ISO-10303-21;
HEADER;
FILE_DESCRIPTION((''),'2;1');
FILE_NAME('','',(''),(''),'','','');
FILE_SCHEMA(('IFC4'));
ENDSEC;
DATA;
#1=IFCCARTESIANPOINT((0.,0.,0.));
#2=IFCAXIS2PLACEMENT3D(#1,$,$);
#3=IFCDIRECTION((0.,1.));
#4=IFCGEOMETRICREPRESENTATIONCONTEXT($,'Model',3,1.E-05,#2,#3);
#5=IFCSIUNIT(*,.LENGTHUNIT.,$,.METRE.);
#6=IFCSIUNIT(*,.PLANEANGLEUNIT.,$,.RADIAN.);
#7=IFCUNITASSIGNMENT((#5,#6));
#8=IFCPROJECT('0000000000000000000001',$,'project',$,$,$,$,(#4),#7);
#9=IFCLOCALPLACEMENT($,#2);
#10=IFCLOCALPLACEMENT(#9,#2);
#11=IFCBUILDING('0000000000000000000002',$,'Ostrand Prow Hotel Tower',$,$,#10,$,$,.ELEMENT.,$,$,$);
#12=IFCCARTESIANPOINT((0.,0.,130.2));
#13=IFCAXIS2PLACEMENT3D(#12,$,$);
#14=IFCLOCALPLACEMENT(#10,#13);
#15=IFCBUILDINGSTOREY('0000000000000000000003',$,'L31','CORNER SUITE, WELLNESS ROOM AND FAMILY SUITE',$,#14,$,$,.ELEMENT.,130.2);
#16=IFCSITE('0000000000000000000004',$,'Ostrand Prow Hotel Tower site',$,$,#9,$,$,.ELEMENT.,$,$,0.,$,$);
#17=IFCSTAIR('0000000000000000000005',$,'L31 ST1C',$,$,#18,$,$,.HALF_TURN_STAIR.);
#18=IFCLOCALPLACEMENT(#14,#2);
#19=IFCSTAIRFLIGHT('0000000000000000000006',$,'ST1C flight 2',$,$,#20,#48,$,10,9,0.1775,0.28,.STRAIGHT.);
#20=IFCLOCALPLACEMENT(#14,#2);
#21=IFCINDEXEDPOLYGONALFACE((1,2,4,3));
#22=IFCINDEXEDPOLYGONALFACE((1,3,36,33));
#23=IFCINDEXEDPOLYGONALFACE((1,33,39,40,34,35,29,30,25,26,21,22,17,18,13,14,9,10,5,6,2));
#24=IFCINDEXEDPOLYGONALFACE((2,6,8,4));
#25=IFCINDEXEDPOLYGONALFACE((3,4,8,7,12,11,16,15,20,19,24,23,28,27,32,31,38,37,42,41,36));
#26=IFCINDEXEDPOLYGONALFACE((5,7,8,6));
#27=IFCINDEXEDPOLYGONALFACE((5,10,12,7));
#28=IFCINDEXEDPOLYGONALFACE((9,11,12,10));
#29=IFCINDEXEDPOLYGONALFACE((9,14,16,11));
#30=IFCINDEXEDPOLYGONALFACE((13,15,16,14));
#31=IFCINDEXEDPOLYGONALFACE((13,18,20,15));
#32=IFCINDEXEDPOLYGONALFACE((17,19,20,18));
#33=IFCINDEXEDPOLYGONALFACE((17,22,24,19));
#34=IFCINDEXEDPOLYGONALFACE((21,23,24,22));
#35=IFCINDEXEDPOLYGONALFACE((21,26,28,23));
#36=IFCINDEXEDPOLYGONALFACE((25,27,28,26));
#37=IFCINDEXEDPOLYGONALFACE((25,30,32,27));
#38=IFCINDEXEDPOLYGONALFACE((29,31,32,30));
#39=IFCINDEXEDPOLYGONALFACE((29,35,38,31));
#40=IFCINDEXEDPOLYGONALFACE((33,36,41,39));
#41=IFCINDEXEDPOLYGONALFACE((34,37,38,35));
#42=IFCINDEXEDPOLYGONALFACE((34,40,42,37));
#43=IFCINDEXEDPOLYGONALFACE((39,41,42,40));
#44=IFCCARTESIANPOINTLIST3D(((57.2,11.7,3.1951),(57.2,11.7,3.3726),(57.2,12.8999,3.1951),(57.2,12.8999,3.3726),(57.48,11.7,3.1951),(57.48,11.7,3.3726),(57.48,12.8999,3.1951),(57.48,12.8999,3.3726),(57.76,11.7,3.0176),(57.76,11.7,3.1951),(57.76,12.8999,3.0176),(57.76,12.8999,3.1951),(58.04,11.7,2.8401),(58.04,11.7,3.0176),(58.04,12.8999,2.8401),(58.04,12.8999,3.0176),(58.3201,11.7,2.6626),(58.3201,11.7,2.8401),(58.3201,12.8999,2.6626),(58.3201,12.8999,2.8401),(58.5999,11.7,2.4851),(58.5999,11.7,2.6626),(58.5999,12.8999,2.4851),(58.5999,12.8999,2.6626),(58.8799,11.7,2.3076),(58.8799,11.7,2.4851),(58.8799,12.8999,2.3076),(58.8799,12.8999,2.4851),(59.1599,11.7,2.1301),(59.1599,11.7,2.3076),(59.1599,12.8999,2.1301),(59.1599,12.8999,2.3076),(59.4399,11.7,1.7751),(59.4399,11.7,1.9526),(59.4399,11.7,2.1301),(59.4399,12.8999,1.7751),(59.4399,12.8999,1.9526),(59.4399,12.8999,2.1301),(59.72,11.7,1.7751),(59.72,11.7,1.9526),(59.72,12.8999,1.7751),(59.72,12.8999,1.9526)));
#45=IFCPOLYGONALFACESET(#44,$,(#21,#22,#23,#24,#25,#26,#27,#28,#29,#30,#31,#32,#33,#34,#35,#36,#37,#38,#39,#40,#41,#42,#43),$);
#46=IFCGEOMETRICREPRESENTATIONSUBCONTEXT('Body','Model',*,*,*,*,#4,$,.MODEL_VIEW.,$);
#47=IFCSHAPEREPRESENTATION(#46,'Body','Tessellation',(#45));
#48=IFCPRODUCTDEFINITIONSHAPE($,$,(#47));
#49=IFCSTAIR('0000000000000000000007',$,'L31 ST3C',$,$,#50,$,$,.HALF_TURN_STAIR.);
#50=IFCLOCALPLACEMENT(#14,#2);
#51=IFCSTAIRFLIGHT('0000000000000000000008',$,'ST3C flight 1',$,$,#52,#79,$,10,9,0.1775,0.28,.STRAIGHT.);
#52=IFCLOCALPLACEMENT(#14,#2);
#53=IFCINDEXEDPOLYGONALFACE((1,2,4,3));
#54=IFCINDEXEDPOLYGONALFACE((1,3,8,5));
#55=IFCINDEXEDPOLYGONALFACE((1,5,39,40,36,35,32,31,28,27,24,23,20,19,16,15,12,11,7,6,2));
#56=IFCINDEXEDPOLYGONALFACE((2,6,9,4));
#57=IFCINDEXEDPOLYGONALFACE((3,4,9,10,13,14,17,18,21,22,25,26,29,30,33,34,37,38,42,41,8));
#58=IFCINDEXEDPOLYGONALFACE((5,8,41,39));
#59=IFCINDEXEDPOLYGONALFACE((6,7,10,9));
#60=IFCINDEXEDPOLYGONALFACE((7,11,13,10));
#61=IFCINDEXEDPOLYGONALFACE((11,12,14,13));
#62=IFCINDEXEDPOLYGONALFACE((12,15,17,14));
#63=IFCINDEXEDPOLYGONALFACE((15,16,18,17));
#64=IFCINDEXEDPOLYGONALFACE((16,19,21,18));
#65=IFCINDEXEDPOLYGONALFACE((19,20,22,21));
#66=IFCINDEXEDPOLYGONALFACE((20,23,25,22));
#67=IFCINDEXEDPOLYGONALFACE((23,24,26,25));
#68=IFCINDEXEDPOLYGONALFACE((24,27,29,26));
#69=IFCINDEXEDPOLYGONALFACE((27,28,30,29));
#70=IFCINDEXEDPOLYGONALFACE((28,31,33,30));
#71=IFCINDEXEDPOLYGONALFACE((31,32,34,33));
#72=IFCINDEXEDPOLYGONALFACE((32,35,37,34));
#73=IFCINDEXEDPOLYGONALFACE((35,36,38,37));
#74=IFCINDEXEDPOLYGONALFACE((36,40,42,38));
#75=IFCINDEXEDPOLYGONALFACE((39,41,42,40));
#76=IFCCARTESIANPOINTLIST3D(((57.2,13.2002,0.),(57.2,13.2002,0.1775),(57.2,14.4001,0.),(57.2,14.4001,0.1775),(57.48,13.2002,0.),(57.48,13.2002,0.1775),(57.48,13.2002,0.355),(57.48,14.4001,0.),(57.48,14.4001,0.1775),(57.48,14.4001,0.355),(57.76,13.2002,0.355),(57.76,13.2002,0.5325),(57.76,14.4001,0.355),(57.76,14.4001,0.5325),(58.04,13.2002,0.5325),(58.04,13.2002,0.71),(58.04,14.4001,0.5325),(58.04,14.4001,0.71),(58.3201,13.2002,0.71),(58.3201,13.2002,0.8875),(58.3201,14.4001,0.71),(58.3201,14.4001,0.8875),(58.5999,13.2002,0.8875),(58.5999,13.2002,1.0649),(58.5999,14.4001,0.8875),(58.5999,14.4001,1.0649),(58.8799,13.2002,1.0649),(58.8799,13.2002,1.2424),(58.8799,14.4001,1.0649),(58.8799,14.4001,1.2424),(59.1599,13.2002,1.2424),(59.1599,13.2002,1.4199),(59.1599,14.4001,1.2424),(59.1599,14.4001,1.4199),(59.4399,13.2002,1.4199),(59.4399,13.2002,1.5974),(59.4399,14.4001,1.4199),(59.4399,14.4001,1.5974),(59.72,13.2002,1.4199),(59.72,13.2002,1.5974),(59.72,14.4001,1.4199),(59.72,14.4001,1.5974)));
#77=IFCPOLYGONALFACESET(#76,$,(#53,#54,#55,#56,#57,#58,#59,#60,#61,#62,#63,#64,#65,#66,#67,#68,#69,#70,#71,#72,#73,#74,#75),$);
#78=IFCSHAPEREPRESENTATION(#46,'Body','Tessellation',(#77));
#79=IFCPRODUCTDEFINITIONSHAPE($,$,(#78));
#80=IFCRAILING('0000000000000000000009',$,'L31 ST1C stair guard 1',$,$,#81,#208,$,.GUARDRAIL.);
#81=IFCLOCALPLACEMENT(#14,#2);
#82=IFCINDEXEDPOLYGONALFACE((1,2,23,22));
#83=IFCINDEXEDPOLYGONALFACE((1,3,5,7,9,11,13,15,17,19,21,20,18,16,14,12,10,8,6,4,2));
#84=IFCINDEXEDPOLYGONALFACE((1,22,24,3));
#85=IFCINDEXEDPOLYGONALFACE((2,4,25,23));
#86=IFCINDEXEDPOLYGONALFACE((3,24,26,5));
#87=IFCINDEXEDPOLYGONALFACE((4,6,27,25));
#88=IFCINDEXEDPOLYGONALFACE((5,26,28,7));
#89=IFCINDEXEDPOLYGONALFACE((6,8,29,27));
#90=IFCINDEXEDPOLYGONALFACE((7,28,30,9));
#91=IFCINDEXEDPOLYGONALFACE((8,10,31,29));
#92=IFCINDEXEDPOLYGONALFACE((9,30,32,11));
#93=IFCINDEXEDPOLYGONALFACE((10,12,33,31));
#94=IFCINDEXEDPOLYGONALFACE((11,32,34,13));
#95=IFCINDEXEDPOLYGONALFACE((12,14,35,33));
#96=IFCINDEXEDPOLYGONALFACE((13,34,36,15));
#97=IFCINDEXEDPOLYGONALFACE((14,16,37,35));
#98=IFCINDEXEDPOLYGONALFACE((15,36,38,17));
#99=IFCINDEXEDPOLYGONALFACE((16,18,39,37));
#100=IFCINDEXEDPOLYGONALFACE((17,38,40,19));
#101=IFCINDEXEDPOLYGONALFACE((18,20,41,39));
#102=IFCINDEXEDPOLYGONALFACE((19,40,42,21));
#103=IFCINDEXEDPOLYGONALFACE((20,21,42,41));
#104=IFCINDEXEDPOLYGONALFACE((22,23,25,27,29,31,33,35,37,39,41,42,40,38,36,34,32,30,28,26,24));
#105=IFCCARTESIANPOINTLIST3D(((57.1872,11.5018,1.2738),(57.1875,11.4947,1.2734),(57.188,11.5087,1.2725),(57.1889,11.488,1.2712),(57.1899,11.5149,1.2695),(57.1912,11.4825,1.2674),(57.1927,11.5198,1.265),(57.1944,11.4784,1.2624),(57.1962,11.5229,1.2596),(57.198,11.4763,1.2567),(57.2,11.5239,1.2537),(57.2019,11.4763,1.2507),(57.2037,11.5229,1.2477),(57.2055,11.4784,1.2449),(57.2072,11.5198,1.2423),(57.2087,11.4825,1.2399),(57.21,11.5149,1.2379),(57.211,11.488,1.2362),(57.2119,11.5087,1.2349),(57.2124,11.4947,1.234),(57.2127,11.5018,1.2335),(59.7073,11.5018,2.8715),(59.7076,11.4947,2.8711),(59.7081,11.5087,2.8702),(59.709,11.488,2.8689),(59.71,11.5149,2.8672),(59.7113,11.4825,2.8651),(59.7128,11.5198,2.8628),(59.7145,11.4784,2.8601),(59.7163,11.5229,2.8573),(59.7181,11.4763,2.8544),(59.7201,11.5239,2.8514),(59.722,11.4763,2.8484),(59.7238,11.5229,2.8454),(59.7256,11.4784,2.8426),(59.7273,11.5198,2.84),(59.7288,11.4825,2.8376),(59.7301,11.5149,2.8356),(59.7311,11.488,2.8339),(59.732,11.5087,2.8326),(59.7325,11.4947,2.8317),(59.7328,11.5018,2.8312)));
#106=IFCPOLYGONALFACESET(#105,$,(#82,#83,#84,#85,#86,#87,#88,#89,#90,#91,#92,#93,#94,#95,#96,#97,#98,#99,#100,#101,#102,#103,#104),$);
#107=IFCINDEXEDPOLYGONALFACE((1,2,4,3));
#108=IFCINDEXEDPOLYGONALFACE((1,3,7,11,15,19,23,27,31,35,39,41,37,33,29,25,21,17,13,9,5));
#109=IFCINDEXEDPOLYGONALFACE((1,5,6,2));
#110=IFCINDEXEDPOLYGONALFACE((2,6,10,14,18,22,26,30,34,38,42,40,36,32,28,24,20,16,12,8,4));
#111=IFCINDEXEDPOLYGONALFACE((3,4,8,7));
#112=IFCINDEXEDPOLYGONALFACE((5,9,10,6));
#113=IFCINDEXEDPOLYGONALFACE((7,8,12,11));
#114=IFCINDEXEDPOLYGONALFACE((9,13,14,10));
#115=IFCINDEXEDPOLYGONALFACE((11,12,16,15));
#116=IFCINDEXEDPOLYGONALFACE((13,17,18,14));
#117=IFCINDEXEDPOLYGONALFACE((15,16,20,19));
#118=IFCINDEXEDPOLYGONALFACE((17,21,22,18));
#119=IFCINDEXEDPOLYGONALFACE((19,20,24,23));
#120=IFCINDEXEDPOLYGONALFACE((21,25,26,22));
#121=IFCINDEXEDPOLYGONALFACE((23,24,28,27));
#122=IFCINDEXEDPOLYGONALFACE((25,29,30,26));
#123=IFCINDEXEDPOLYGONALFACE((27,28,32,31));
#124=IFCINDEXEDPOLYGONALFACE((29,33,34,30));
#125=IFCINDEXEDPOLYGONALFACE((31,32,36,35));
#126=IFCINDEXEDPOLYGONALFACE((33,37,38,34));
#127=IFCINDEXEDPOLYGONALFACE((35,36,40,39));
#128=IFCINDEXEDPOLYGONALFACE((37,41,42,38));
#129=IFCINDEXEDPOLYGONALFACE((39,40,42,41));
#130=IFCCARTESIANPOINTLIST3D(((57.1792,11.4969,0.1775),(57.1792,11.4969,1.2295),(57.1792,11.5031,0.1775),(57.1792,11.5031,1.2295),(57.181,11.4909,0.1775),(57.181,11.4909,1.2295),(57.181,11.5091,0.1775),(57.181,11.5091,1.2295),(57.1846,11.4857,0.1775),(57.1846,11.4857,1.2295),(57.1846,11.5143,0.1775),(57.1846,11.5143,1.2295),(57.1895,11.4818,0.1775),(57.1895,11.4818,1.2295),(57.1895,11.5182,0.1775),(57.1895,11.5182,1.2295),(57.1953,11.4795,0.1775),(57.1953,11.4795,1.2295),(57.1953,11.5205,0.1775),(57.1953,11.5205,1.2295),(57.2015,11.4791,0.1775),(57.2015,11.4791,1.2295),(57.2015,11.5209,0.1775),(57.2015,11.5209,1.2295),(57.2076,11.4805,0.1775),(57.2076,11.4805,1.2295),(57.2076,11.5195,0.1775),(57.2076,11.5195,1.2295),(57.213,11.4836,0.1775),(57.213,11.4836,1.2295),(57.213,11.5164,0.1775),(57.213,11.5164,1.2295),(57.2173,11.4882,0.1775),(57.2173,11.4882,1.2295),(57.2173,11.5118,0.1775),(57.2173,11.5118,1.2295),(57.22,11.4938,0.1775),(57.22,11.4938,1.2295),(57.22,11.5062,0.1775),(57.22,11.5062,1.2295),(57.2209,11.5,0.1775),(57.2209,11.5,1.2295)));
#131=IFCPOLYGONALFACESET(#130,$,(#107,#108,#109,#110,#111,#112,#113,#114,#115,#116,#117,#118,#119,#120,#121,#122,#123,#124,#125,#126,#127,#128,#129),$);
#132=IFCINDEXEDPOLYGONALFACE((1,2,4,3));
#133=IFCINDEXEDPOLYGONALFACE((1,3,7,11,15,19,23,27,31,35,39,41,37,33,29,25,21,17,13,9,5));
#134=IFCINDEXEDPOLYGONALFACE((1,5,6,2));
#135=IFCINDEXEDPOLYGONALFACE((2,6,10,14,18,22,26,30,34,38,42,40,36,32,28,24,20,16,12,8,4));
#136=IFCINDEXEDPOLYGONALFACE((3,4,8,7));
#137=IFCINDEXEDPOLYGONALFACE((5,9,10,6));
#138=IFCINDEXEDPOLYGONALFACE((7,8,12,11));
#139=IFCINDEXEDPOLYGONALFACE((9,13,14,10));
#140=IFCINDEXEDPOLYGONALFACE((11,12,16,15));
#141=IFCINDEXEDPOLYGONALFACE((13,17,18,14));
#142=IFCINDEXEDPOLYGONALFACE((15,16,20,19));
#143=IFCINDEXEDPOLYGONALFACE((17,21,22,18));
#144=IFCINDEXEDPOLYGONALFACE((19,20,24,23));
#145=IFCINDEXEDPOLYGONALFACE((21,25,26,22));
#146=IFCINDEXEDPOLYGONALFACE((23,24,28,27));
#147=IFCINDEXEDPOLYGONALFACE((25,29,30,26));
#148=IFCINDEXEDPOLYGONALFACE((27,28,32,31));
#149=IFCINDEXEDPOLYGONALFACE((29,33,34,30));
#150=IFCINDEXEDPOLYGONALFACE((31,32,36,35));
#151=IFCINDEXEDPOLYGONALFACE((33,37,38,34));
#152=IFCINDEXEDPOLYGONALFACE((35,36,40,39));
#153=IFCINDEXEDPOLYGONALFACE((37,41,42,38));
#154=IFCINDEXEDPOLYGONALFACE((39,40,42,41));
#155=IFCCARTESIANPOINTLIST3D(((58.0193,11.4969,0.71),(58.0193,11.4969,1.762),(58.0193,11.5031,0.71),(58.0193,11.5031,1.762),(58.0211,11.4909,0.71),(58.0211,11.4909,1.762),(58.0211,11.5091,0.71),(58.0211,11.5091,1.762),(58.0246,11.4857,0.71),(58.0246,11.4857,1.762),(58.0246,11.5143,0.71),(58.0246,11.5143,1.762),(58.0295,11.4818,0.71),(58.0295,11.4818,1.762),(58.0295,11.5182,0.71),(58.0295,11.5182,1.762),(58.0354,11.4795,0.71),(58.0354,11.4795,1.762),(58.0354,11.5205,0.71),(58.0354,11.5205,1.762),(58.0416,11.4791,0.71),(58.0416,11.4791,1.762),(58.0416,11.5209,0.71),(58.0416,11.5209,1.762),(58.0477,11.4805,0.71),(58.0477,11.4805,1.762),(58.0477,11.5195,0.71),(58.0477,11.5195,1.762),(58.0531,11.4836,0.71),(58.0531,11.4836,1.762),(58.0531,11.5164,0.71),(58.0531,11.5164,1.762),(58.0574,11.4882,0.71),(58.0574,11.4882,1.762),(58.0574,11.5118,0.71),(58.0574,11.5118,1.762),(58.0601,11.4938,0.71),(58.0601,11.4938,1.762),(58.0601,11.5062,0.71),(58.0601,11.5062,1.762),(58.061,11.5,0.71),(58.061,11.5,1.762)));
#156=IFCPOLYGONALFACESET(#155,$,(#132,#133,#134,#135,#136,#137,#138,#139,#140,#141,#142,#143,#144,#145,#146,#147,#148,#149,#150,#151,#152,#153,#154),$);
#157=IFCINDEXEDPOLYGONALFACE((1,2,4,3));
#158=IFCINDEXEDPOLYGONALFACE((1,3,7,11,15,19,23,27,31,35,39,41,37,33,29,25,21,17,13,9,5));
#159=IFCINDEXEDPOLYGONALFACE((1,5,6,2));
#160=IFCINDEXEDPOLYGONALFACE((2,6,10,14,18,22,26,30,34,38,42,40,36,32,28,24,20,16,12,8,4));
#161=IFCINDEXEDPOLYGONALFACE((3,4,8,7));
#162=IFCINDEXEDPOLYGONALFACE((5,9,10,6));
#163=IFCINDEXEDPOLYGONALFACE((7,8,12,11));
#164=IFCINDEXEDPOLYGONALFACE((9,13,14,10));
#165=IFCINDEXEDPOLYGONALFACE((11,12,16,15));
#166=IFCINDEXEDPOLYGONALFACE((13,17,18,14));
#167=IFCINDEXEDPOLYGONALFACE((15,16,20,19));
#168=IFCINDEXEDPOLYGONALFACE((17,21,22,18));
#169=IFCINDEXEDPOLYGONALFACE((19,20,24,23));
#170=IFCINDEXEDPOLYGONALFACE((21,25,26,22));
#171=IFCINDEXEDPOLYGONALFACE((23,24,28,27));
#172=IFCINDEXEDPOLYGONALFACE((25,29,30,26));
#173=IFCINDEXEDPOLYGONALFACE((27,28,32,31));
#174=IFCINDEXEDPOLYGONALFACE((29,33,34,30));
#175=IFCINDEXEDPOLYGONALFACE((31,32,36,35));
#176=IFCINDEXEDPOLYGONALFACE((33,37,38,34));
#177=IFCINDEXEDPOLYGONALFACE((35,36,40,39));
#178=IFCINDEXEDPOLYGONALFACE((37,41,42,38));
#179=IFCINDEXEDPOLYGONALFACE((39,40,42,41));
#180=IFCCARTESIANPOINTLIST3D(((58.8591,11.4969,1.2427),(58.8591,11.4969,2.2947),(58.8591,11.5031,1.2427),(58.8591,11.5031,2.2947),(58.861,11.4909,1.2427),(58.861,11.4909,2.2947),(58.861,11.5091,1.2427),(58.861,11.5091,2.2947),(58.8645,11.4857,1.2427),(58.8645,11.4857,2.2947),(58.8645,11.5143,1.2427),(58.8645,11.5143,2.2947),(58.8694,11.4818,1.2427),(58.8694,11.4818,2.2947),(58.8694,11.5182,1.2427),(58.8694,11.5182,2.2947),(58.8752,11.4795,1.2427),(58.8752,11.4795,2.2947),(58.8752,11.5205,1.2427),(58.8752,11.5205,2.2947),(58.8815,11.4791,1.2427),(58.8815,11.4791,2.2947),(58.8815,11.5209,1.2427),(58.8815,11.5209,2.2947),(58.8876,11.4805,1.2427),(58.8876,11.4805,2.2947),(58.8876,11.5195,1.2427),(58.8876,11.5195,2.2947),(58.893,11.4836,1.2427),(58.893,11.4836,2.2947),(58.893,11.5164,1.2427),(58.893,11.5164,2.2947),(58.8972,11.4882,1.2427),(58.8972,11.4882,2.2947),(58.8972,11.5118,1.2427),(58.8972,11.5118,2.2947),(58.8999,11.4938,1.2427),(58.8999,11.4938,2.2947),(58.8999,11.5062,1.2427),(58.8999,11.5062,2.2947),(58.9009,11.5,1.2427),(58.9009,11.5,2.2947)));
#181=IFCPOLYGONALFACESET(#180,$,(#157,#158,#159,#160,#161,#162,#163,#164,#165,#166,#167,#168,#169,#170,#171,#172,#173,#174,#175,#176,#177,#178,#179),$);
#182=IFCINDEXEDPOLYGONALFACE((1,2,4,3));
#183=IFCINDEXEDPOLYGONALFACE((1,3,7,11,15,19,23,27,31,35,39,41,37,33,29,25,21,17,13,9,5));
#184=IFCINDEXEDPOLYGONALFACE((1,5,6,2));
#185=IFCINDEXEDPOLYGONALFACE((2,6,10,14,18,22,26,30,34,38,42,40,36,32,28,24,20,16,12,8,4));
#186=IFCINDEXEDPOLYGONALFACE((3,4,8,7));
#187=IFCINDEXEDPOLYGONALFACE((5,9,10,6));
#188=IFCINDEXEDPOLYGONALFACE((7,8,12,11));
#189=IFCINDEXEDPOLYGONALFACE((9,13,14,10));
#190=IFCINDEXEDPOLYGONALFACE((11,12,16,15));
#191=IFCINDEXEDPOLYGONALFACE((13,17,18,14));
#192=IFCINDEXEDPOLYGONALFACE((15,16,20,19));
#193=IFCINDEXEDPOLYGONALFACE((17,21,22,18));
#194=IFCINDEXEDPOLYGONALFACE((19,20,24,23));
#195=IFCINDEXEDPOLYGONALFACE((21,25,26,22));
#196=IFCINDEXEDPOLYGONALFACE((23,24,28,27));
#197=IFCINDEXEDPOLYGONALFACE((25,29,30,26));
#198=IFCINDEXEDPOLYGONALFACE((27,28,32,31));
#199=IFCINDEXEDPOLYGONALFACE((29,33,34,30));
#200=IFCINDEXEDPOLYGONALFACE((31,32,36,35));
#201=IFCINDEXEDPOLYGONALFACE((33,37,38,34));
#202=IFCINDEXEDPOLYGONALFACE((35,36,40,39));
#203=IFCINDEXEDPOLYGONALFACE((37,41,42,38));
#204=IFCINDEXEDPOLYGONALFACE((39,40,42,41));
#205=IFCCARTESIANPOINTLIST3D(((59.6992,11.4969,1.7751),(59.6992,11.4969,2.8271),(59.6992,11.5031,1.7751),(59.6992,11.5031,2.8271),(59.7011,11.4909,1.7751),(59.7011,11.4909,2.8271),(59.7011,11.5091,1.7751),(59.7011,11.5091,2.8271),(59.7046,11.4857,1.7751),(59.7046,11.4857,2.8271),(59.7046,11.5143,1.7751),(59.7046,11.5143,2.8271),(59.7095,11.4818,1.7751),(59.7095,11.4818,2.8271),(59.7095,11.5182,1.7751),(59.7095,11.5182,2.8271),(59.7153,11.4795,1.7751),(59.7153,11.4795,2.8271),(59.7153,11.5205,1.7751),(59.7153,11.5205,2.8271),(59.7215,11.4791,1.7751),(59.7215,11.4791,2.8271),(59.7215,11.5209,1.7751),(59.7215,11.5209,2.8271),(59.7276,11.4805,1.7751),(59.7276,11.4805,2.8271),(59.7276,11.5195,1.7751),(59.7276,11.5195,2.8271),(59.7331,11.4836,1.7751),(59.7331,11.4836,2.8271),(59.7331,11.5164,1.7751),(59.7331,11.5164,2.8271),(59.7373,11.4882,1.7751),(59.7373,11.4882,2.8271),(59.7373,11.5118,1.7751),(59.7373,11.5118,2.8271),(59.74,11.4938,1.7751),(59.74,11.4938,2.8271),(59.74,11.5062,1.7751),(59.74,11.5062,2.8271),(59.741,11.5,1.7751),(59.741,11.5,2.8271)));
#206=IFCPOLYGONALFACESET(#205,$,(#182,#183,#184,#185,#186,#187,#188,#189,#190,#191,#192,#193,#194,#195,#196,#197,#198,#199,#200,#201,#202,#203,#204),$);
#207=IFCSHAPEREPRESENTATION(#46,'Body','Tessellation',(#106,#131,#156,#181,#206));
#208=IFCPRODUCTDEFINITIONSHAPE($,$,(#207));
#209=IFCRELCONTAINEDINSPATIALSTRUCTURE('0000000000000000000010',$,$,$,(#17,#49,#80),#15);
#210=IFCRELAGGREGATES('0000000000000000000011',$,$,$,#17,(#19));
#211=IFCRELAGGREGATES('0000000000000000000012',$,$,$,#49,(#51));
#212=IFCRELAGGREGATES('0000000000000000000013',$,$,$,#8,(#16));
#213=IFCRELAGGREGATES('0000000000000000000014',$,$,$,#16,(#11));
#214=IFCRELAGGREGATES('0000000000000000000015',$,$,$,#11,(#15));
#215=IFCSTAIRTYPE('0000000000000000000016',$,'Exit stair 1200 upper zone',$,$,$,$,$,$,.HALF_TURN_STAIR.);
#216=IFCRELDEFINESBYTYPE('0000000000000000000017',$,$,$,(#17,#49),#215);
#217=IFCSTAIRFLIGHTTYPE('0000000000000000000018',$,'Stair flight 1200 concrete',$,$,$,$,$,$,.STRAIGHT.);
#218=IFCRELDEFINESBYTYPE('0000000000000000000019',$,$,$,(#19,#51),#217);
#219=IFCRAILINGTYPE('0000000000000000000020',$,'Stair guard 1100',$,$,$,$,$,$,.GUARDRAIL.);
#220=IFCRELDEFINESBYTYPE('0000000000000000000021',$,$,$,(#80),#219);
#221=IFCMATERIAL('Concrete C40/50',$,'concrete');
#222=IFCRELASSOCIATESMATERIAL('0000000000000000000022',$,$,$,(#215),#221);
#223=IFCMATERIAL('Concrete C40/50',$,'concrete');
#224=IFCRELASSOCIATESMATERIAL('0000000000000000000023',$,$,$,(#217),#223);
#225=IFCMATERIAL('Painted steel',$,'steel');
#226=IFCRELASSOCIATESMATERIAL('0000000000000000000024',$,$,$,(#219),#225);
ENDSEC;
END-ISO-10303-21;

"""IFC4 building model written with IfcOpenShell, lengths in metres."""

from ifc_helpers import new_model, si_unit, direction, frame, origin, origin_2d, place, context, subcontext, project, spatial, polyline, circle, outline, extrude, material, type_object, element, aggregate, save


model = new_model("IFC4")

# Units and contexts
model_context = context("Model", 3, precision=1e-05, world=origin(), true_north=direction((0.0, 1.0)))
body_context = subcontext(model_context, "Body", "Model", "MODEL_VIEW")
ifc_project = project(units=[si_unit("LENGTHUNIT", "METRE"), si_unit("PLANEANGLEUNIT", "RADIAN")], contexts=[model_context])

# Site, building, storey
site_placement = place(None, origin())
site = spatial("IfcSite", under=ifc_project, at=site_placement, Name="Ostrand Prow Hotel Tower site", CompositionType="ELEMENT", RefElevation=0.0)
building_placement = place(site_placement, origin())
building = spatial("IfcBuilding", under=site, at=building_placement, Name="Ostrand Prow Hotel Tower", CompositionType="ELEMENT")
storey_placement = place(building_placement, frame((0.0, 0.0, 130.2)))
storey = spatial("IfcBuildingStorey", under=building, at=storey_placement, Name="L31", Description="CORNER SUITE, WELLNESS ROOM AND FAMILY SUITE", CompositionType="ELEMENT", Elevation=130.2)

# Stair, stair flight
ifc_material_1 = material(Name="Concrete C40/50", Category="concrete")
stair_type = type_object("IfcStairType", Name="Exit stair 1200 upper zone", PredefinedType="HALF_TURN_STAIR", material=ifc_material_1)
stair_1_placement = place(storey_placement, origin())
stair_1 = element("IfcStair", 1, at=stair_1_placement, inside=storey, type_object=stair_type, Name="L31 ST1C", PredefinedType="HALF_TURN_STAIR")
ifc_material_2 = material(Name="Concrete C40/50", Category="concrete")
stair_flight_type = type_object("IfcStairFlightType", Name="Stair flight 1200 concrete", PredefinedType="STRAIGHT", material=ifc_material_2)
stair_flight_1_placement = place(storey_placement, frame((59.72, 12.3, 1.7751), z_axis=(0.0, 0.0, 1.0), x_axis=(-1.0, 0.0, 0.0)))
stair_flight_1 = element("IfcStairFlight", 2, at=stair_flight_1_placement, type_object=stair_flight_type, Name="ST1C flight 2", NumberOfRisers=10, NumberOfTreads=9, PredefinedType="STRAIGHT", RiserHeight=0.1775, TreadLength=0.28, context=body_context, shape_type="SweptSolid", body=[
    extrude(outline(polyline([(0.0, 0.0), (0.0, 0.1775), (0.28, 0.1775), (0.28, 0.355), (0.5601, 0.355), (0.5601, 0.5325), (0.8401, 0.5325), (0.8401, 0.71), (1.1201, 0.71), (1.1201, 0.8875), (1.3999, 0.8875), (1.3999, 1.0649), (1.6799, 1.0649), (1.6799, 1.2424), (1.96, 1.2424), (1.96, 1.4199), (2.24, 1.4199), (2.24, 1.5974), (2.52, 1.5974), (2.52, 1.7749), (2.52, 1.4199), (0.28, 0.0), (0.0, 0.0)])), frame((0.0, 0.6001, 0.0), z_axis=(0.0, -1.0, 0.0), x_axis=(1.0, 0.0, 0.0)), (0.0, 0.0, 1.0), 1.2),
])
aggregate(stair_1, [stair_flight_1])

# Stair, stair flight
stair_2_placement = place(storey_placement, origin())
stair_2 = element("IfcStair", 3, at=stair_2_placement, inside=storey, type_object=stair_type, Name="L31 ST3C", PredefinedType="HALF_TURN_STAIR")
stair_flight_2_placement = place(storey_placement, frame((57.2, 13.8, 0.0), z_axis=(0.0, 0.0, 1.0), x_axis=(1.0, 0.0, 0.0)))
stair_flight_2 = element("IfcStairFlight", 4, at=stair_flight_2_placement, type_object=stair_flight_type, Name="ST3C flight 1", NumberOfRisers=10, NumberOfTreads=9, PredefinedType="STRAIGHT", RiserHeight=0.1775, TreadLength=0.28, context=body_context, shape_type="SweptSolid", body=[
    extrude(outline(polyline([(0.0, 0.0), (0.0, 0.1775), (0.28, 0.1775), (0.28, 0.355), (0.5601, 0.355), (0.5601, 0.5325), (0.8401, 0.5325), (0.8401, 0.71), (1.1201, 0.71), (1.1201, 0.8875), (1.3999, 0.8875), (1.3999, 1.0649), (1.6799, 1.0649), (1.6799, 1.2424), (1.96, 1.2424), (1.96, 1.4199), (2.24, 1.4199), (2.24, 1.5974), (2.52, 1.5974), (2.52, 1.7749), (2.52, 1.4199), (0.28, 0.0), (0.0, 0.0)])), frame((0.0, 0.6001, 0.0), z_axis=(0.0, -1.0, 0.0), x_axis=(1.0, 0.0, 0.0)), (0.0, 0.0, 1.0), 1.2),
])
aggregate(stair_2, [stair_flight_2])

# Railing
ifc_material_3 = material(Name="Painted steel", Category="steel")
railing_type_1 = type_object("IfcRailingType", Name="Stair guard 1100", PredefinedType="GUARDRAIL", material=ifc_material_3)
railing_1_placement = place(storey_placement, frame((57.2, 11.5, 0.1775)))
element("IfcRailing", 5, at=railing_1_placement, inside=storey, type_object=railing_type_1, Name="L31 ST1C stair guard 1", PredefinedType="GUARDRAIL", context=body_context, shape_type="SweptSolid", body=[
    extrude(circle(Radius=0.0239, at=origin_2d()), frame((0.0, 0.0, 1.0762), z_axis=(0.84457, 0.0, 0.535445), x_axis=(0.0, 1.0, 0.0)), (0.0, 0.0, 1.0), 2.9839),
    extrude(circle(Radius=0.021, at=origin_2d()), origin(), (0.0, 0.0, 1.0), 1.052),
    extrude(circle(Radius=0.021, at=origin_2d()), frame((0.8401, 0.0, 0.5325)), (0.0, 0.0, 1.0), 1.052),
    extrude(circle(Radius=0.021, at=origin_2d()), frame((1.6799, 0.0, 1.0652)), (0.0, 0.0, 1.0), 1.052),
    extrude(circle(Radius=0.021, at=origin_2d()), frame((2.52, 0.0, 1.5977)), (0.0, 0.0, 1.0), 1.052),
])

save(model, "model.ifc")
